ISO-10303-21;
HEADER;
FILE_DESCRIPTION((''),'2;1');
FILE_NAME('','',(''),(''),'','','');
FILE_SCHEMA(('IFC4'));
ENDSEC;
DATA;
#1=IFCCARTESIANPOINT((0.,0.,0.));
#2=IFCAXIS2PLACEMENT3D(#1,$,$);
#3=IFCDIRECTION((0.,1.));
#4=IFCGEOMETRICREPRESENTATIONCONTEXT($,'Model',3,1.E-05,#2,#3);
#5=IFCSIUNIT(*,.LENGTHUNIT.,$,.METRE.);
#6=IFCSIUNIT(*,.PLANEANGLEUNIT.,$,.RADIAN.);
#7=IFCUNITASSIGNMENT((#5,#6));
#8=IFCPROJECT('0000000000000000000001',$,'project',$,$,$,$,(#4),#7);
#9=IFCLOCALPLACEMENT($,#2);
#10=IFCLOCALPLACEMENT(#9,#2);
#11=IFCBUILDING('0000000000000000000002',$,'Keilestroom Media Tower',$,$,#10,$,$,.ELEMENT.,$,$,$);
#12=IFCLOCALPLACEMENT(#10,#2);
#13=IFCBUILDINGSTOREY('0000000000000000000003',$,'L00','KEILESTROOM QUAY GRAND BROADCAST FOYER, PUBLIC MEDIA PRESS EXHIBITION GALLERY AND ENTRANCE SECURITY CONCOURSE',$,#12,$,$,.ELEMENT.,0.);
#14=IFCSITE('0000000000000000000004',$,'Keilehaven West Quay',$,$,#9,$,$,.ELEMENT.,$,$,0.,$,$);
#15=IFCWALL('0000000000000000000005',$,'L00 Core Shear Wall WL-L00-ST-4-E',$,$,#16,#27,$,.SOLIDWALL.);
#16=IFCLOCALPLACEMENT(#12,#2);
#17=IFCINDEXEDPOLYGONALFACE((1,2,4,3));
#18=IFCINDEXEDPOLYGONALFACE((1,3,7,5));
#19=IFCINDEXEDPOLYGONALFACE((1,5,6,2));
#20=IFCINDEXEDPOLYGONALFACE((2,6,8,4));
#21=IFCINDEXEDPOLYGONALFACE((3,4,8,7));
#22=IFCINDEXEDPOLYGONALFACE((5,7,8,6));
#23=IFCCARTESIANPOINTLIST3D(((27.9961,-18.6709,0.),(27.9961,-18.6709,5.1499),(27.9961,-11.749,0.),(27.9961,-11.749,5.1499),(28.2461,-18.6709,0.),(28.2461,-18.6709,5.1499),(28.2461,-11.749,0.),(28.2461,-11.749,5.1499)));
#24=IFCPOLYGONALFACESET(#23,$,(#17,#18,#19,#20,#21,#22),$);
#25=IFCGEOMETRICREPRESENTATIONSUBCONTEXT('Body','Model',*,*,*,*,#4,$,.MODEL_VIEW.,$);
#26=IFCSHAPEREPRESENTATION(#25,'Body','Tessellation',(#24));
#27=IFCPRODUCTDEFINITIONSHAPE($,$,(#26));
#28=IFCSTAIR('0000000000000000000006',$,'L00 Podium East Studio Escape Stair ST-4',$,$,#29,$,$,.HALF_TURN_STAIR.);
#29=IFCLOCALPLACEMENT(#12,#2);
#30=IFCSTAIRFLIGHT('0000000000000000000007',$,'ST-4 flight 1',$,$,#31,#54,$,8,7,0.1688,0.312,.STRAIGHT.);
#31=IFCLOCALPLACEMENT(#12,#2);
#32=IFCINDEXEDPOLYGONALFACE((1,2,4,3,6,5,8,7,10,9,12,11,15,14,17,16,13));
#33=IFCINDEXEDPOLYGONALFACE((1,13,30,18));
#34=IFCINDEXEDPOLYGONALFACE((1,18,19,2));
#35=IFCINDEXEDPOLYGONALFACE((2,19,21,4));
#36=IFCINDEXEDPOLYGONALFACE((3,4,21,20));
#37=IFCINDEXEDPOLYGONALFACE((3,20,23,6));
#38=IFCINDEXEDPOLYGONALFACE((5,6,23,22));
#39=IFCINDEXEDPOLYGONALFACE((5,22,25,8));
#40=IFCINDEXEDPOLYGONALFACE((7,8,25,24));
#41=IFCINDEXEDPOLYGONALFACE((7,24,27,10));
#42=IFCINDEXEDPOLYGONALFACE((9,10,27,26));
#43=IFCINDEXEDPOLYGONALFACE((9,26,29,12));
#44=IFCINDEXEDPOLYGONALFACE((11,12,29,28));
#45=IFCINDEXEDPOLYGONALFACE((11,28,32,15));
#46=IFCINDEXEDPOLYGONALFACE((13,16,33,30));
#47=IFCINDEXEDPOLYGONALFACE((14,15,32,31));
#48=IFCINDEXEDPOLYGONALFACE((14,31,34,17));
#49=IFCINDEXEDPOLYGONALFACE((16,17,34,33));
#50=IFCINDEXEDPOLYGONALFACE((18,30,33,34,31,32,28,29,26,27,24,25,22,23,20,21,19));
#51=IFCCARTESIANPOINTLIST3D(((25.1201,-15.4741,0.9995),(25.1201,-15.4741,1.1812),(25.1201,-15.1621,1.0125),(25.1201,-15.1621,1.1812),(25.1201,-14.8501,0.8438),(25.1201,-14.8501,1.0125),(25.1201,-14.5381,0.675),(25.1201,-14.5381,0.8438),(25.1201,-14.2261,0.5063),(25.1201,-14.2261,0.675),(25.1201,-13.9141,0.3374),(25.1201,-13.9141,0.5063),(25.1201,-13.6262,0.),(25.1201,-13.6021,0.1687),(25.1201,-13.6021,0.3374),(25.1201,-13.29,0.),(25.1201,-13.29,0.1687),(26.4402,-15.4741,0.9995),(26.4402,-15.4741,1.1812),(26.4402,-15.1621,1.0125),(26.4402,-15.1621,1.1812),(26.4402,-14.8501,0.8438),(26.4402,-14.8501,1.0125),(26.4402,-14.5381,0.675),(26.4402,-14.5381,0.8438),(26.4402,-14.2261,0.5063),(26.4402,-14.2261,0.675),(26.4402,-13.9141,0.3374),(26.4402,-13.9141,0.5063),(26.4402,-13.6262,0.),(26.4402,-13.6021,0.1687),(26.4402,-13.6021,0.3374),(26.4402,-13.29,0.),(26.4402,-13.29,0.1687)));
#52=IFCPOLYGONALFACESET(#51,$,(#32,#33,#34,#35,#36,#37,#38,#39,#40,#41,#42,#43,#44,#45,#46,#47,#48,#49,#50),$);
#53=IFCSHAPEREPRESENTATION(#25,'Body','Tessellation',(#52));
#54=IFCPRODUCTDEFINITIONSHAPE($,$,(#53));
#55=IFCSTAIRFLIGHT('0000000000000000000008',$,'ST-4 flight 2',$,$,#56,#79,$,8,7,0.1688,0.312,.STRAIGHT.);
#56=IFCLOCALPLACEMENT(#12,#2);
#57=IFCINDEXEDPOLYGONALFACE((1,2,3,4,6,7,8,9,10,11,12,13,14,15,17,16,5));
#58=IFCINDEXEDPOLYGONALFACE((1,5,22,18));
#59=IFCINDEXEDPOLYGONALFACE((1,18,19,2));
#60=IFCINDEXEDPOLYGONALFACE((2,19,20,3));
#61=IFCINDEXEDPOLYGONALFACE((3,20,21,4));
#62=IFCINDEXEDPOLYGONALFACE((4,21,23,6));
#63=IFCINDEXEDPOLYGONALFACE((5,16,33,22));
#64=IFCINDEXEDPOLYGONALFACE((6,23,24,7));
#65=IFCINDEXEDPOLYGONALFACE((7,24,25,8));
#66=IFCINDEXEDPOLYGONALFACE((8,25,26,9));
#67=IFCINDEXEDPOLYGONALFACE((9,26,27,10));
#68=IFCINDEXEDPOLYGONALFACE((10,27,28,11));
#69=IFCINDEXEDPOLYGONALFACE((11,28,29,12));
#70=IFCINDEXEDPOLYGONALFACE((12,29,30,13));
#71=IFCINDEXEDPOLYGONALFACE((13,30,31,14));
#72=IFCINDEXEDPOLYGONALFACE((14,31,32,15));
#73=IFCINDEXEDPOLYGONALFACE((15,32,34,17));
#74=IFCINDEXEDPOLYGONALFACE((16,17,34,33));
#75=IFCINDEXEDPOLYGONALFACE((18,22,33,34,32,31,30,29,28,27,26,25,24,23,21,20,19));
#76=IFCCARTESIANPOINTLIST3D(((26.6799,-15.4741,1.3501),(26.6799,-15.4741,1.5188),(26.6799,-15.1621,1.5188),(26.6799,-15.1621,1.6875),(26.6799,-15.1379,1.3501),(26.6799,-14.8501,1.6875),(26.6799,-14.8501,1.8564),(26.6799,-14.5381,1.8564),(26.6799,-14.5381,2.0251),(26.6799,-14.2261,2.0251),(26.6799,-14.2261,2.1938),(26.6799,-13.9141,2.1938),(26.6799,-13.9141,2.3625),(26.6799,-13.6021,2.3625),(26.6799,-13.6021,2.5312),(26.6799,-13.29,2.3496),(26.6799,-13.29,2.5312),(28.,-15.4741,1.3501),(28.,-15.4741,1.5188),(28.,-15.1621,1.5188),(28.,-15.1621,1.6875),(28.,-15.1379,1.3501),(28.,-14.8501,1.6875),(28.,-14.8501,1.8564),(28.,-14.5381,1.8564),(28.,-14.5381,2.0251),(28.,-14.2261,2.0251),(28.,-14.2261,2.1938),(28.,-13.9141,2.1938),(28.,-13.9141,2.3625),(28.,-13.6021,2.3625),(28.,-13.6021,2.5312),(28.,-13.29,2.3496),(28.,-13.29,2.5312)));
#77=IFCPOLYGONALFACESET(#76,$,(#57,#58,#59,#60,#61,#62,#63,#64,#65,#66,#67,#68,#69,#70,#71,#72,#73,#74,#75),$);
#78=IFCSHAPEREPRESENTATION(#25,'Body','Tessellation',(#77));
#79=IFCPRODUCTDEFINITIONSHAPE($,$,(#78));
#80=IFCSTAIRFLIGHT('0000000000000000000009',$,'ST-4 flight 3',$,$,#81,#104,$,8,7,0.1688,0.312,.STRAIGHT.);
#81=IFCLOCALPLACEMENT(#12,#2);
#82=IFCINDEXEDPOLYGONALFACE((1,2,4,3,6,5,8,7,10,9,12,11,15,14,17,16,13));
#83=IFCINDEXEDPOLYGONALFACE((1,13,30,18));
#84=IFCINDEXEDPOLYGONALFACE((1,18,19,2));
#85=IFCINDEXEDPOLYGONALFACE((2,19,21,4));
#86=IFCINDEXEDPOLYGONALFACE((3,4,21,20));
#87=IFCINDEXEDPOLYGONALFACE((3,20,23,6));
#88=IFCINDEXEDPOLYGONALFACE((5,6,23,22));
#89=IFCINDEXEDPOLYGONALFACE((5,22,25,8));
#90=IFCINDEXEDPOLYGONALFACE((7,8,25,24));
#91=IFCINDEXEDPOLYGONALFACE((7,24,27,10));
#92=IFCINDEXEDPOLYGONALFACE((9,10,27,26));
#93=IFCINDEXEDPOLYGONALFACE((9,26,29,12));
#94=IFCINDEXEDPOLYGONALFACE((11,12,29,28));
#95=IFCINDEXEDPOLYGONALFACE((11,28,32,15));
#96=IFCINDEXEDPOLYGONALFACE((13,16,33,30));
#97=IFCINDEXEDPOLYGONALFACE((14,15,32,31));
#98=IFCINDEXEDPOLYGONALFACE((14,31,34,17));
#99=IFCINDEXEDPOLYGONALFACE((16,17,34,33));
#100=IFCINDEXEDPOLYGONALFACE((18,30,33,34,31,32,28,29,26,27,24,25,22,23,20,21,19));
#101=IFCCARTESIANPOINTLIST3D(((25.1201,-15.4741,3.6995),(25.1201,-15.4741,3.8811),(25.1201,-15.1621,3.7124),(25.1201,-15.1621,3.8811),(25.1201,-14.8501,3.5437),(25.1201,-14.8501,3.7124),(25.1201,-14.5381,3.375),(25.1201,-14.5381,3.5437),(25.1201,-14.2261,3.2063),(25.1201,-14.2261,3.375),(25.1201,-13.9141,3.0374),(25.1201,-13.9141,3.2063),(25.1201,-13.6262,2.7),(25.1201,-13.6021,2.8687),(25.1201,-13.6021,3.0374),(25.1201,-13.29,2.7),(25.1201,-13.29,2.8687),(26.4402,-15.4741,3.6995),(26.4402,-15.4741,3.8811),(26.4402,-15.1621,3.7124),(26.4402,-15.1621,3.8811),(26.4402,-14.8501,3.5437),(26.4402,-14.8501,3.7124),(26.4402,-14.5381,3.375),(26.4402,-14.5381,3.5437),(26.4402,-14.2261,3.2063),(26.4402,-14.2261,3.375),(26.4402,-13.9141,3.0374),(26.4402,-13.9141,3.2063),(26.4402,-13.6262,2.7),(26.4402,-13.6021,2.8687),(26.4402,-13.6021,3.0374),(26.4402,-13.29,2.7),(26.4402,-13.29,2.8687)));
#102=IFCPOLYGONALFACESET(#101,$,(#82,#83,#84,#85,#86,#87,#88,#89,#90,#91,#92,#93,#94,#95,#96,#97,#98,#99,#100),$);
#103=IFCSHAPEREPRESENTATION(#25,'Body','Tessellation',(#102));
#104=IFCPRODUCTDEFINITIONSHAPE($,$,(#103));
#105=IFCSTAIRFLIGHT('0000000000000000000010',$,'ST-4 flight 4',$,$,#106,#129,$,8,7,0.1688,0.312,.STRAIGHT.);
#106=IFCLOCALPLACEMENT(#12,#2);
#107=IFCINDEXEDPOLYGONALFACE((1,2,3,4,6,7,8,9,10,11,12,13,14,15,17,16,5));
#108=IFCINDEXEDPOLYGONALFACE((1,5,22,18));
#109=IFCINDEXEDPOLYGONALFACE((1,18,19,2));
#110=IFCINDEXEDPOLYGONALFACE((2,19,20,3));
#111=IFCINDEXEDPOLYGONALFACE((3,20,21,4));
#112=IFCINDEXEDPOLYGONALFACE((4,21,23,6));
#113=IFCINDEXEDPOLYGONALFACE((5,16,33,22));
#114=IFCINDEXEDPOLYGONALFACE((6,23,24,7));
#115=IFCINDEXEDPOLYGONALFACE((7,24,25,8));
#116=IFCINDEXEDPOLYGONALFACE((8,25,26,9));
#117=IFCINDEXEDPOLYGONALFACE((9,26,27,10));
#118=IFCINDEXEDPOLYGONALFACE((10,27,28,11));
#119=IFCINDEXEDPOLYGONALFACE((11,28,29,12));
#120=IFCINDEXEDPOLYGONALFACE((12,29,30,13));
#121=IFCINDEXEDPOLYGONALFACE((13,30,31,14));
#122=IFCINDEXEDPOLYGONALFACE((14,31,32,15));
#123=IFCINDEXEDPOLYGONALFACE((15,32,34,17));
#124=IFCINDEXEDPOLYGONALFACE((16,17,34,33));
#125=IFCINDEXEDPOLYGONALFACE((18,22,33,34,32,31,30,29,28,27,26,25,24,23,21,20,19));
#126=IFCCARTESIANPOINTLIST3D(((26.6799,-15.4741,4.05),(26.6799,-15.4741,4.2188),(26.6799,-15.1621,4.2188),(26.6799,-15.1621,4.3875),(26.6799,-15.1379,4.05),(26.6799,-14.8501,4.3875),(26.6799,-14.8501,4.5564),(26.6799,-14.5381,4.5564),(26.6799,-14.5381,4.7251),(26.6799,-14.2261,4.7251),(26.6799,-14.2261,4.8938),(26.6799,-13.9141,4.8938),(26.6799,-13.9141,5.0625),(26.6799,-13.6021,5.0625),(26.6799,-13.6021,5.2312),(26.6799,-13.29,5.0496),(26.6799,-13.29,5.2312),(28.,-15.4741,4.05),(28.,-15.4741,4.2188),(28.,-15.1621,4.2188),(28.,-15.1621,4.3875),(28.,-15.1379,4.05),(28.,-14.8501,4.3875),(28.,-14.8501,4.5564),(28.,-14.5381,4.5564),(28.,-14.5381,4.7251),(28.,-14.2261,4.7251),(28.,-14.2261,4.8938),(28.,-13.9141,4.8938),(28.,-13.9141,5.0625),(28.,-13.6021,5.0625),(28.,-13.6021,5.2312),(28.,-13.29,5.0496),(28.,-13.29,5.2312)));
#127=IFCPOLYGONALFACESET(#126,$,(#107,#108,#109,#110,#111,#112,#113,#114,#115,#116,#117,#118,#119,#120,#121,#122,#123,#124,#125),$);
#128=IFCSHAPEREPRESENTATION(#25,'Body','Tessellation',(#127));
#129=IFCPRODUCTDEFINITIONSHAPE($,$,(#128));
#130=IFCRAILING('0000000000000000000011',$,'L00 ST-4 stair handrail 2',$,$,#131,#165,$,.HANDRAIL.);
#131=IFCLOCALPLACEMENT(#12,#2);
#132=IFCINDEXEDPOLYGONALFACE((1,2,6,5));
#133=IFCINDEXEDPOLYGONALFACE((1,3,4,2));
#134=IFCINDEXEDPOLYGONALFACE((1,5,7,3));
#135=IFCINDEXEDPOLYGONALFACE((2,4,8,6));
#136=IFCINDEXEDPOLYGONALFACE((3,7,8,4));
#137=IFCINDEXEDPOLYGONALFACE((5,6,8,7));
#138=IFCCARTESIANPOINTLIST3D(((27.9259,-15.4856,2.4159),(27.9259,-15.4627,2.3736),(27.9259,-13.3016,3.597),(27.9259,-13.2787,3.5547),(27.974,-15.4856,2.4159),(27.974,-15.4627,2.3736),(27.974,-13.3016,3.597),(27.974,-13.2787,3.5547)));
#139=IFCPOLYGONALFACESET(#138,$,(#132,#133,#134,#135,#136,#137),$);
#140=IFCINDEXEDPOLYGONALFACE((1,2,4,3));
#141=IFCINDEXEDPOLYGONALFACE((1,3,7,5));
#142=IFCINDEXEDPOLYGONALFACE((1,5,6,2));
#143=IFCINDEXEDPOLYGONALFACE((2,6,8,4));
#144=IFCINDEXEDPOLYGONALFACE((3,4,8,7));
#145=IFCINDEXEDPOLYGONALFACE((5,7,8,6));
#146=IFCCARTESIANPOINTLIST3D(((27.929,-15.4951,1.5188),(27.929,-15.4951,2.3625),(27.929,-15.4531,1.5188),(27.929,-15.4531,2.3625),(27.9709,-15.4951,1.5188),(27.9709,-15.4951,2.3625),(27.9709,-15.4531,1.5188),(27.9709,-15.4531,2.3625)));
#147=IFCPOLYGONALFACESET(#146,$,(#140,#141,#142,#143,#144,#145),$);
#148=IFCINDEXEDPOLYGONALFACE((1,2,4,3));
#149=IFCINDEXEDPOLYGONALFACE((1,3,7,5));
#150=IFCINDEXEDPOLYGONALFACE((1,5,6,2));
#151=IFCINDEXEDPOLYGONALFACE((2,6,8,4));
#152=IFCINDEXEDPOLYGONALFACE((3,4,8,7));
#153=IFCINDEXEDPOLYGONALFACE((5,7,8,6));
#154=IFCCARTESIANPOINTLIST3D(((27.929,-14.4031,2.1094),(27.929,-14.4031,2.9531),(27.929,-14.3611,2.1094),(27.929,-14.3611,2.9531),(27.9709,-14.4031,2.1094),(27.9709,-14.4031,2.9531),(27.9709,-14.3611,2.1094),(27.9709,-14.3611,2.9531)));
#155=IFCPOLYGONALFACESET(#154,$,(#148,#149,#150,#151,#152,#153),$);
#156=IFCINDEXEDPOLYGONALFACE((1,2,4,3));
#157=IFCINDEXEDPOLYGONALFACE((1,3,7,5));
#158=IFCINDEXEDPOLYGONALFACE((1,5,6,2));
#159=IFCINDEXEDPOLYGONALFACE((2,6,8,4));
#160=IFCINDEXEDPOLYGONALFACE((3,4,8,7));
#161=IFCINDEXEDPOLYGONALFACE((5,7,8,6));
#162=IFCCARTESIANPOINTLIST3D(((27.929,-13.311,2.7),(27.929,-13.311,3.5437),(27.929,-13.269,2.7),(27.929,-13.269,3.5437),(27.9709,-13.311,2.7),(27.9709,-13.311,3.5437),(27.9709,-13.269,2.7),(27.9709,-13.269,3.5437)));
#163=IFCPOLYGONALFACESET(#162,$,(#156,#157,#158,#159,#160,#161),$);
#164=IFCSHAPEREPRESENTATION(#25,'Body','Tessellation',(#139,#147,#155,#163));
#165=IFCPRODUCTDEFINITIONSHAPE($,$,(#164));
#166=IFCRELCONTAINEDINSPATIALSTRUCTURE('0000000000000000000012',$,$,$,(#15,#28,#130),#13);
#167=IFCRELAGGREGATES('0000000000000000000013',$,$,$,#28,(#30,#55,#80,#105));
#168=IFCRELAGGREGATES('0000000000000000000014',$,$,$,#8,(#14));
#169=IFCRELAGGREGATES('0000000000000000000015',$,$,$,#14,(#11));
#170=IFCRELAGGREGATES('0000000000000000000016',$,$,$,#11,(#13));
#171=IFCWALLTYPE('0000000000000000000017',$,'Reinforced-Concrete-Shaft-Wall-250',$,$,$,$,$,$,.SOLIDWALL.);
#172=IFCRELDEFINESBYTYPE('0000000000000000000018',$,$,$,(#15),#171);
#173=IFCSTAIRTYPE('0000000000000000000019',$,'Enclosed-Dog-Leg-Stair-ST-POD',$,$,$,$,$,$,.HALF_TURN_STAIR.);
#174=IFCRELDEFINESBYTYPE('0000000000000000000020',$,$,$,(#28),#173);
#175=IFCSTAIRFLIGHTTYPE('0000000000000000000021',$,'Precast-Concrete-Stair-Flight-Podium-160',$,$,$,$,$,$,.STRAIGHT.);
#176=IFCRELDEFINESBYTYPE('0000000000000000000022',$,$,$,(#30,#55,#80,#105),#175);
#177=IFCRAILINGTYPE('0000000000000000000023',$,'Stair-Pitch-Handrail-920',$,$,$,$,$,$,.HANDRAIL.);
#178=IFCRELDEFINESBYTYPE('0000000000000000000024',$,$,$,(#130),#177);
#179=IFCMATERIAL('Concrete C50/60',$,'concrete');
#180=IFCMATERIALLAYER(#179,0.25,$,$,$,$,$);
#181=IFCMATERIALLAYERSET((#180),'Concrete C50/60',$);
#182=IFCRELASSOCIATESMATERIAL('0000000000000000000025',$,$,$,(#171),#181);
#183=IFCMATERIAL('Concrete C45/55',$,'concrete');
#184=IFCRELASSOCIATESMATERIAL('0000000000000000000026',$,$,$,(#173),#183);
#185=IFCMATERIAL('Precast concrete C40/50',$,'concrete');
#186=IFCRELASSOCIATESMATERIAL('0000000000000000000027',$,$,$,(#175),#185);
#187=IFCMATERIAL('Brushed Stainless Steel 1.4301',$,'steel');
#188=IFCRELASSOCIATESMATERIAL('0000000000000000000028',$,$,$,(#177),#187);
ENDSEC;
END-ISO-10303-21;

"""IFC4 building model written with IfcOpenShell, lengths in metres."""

from ifc_helpers import new_model, si_unit, direction, frame, frame_2d, origin, origin_2d, place, context, subcontext, project, spatial, polyline, rectangle, outline, extrude, material, layer, layer_set, type_object, element, aggregate, save


model = new_model("IFC4")

# Units and contexts
model_context = context("Model", 3, precision=1e-05, world=origin(), true_north=direction((0.0, 1.0)))
body_context = subcontext(model_context, "Body", "Model", "MODEL_VIEW")
ifc_project = project(units=[si_unit("LENGTHUNIT", "METRE"), si_unit("PLANEANGLEUNIT", "RADIAN")], contexts=[model_context])

# Site, building, storey
site_placement = place(None, origin())
site = spatial("IfcSite", under=ifc_project, at=site_placement, Name="Keilehaven West Quay", CompositionType="ELEMENT", RefElevation=0.0)
building_placement = place(site_placement, origin())
building = spatial("IfcBuilding", under=site, at=building_placement, Name="Keilestroom Media Tower", CompositionType="ELEMENT")
storey_placement = place(building_placement, origin())
storey = spatial("IfcBuildingStorey", under=building, at=storey_placement, Name="L00", Description="KEILESTROOM QUAY GRAND BROADCAST FOYER, PUBLIC MEDIA PRESS EXHIBITION GALLERY AND ENTRANCE SECURITY CONCOURSE", CompositionType="ELEMENT", Elevation=0.0)

# Shared definitions
ifc_material_1 = material(Name="Precast concrete C40/50", Category="concrete")

# Wall
ifc_material_2 = material(Name="Concrete C50/60", Category="concrete")
ifc_layer_1 = layer(ifc_material_2, 0.25)
ifc_layer_set_1 = layer_set([ifc_layer_1], Name="Concrete C50/60")
wall_type_1 = type_object("IfcWallType", Name="Reinforced-Concrete-Shaft-Wall-250", PredefinedType="SOLIDWALL", material=ifc_layer_set_1)
wall_1_placement = place(storey_placement, frame((28.1211, -18.6709, 0.0), z_axis=(0.0, 0.0, 1.0), x_axis=(0.0, 1.0, 0.0)))
element("IfcWall", 1, at=wall_1_placement, inside=storey, type_object=wall_type_1, Name="L00 Core Shear Wall WL-L00-ST-4-E", PredefinedType="SOLIDWALL", context=body_context, shape_type="SweptSolid", body=[
    extrude(rectangle(XDim=6.9219, YDim=0.25, at=frame_2d((3.4609, 0.0))), origin(), (0.0, 0.0, 1.0), 5.1499),
])

# Stair, stair flights
ifc_material_3 = material(Name="Concrete C45/55", Category="concrete")
stair_type = type_object("IfcStairType", Name="Enclosed-Dog-Leg-Stair-ST-POD", PredefinedType="HALF_TURN_STAIR", material=ifc_material_3)
stair_placement = place(storey_placement, origin())
stair = element("IfcStair", 2, at=stair_placement, inside=storey, type_object=stair_type, Name="L00 Podium East Studio Escape Stair ST-4", PredefinedType="HALF_TURN_STAIR")
stair_flight_type = type_object("IfcStairFlightType", Name="Precast-Concrete-Stair-Flight-Podium-160", PredefinedType="STRAIGHT", material=ifc_material_1)
stair_flight_1_placement = place(storey_placement, frame((25.78, -13.29, 0.0), z_axis=(0.0, 0.0, 1.0), x_axis=(0.0, -1.0, 0.0)))
stair_flight_1 = element("IfcStairFlight", 3, at=stair_flight_1_placement, type_object=stair_flight_type, Name="ST-4 flight 1", NumberOfRisers=8, NumberOfTreads=7, PredefinedType="STRAIGHT", RiserHeight=0.1688, TreadLength=0.312, context=body_context, shape_type="SweptSolid", body=[
    extrude(outline(polyline([(0.0, 0.0), (0.0, 0.1687), (0.312, 0.1687), (0.312, 0.3374), (0.624, 0.3374), (0.624, 0.5063), (0.936, 0.5063), (0.936, 0.675), (1.248, 0.675), (1.248, 0.8438), (1.5601, 0.8438), (1.5601, 1.0125), (1.8721, 1.0125), (1.8721, 1.1812), (2.1841, 1.1812), (2.1841, 1.3501), (2.1841, 0.9995), (0.3362, 0.0), (0.0, 0.0)])), frame((0.0, 0.6602, 0.0), z_axis=(0.0, -1.0, 0.0), x_axis=(1.0, 0.0, 0.0)), (0.0, 0.0, 1.0), 1.3201),
])
stair_flight_2_placement = place(storey_placement, frame((27.3401, -15.4741, 1.3501), z_axis=(0.0, 0.0, 1.0), x_axis=(0.0, 1.0, 0.0)))
stair_flight_2 = element("IfcStairFlight", 4, at=stair_flight_2_placement, type_object=stair_flight_type, Name="ST-4 flight 2", NumberOfRisers=8, NumberOfTreads=7, PredefinedType="STRAIGHT", RiserHeight=0.1688, TreadLength=0.312, context=body_context, shape_type="SweptSolid", body=[
    extrude(outline(polyline([(0.0, 0.0), (0.0, 0.1687), (0.312, 0.1687), (0.312, 0.3374), (0.624, 0.3374), (0.624, 0.5063), (0.936, 0.5063), (0.936, 0.675), (1.248, 0.675), (1.248, 0.8438), (1.5601, 0.8438), (1.5601, 1.0125), (1.8721, 1.0125), (1.8721, 1.1812), (2.1841, 1.1812), (2.1841, 1.3501), (2.1841, 0.9995), (0.3362, 0.0), (0.0, 0.0)])), frame((0.0, 0.6602, 0.0), z_axis=(0.0, -1.0, 0.0), x_axis=(1.0, 0.0, 0.0)), (0.0, 0.0, 1.0), 1.3201),
])
stair_flight_3_placement = place(storey_placement, frame((25.78, -13.29, 2.7), z_axis=(0.0, 0.0, 1.0), x_axis=(0.0, -1.0, 0.0)))
stair_flight_3 = element("IfcStairFlight", 5, at=stair_flight_3_placement, type_object=stair_flight_type, Name="ST-4 flight 3", NumberOfRisers=8, NumberOfTreads=7, PredefinedType="STRAIGHT", RiserHeight=0.1688, TreadLength=0.312, context=body_context, shape_type="SweptSolid", body=[
    extrude(outline(polyline([(0.0, 0.0), (0.0, 0.1687), (0.312, 0.1687), (0.312, 0.3374), (0.624, 0.3374), (0.624, 0.5063), (0.936, 0.5063), (0.936, 0.675), (1.248, 0.675), (1.248, 0.8438), (1.5601, 0.8438), (1.5601, 1.0125), (1.8721, 1.0125), (1.8721, 1.1812), (2.1841, 1.1812), (2.1841, 1.3501), (2.1841, 0.9995), (0.3362, 0.0), (0.0, 0.0)])), frame((0.0, 0.6602, 0.0), z_axis=(0.0, -1.0, 0.0), x_axis=(1.0, 0.0, 0.0)), (0.0, 0.0, 1.0), 1.3201),
])
stair_flight_4_placement = place(storey_placement, frame((27.3401, -15.4741, 4.05), z_axis=(0.0, 0.0, 1.0), x_axis=(0.0, 1.0, 0.0)))
stair_flight_4 = element("IfcStairFlight", 6, at=stair_flight_4_placement, type_object=stair_flight_type, Name="ST-4 flight 4", NumberOfRisers=8, NumberOfTreads=7, PredefinedType="STRAIGHT", RiserHeight=0.1688, TreadLength=0.312, context=body_context, shape_type="SweptSolid", body=[
    extrude(outline(polyline([(0.0, 0.0), (0.0, 0.1687), (0.312, 0.1687), (0.312, 0.3374), (0.624, 0.3374), (0.624, 0.5063), (0.936, 0.5063), (0.936, 0.675), (1.248, 0.675), (1.248, 0.8438), (1.5601, 0.8438), (1.5601, 1.0125), (1.8721, 1.0125), (1.8721, 1.1812), (2.1841, 1.1812), (2.1841, 1.3501), (2.1841, 0.9995), (0.3362, 0.0), (0.0, 0.0)])), frame((0.0, 0.6602, 0.0), z_axis=(0.0, -1.0, 0.0), x_axis=(1.0, 0.0, 0.0)), (0.0, 0.0, 1.0), 1.3201),
])
aggregate(stair, [stair_flight_1, stair_flight_2, stair_flight_3, stair_flight_4])

# Railing
ifc_material_4 = material(Name="Brushed Stainless Steel 1.4301", Category="steel")
railing_type_1 = type_object("IfcRailingType", Name="Stair-Pitch-Handrail-920", PredefinedType="HANDRAIL", material=ifc_material_4)
for number, where, name in (
    (7, (27.95, -15.4741, 1.5188), "L00 ST-4 stair handrail 2"),
):
    element("IfcRailing", number, at=place(storey_placement, frame(where)), inside=storey, type_object=railing_type_1, Name=name, PredefinedType="HANDRAIL", context=body_context, shape_type="SweptSolid", body=[
        extrude(rectangle(XDim=0.0481, YDim=0.0481, at=origin_2d()), frame((0.0, 0.0, 0.876), z_axis=(0.0, 0.879611, 0.475694), x_axis=(-1.0, 0.0, 0.0)), (0.0, 0.0, 1.0), 2.4829),
        extrude(rectangle(XDim=0.042, YDim=0.042, at=origin_2d()), origin(), (0.0, 0.0, 1.0), 0.8438),
        extrude(rectangle(XDim=0.042, YDim=0.042, at=origin_2d()), frame((0.0, 1.092, 0.5906)), (0.0, 0.0, 1.0), 0.8438),
        extrude(rectangle(XDim=0.042, YDim=0.042, at=origin_2d()), frame((0.0, 2.1841, 1.1812)), (0.0, 0.0, 1.0), 0.8438),
    ])

save(model, "model.ifc")
